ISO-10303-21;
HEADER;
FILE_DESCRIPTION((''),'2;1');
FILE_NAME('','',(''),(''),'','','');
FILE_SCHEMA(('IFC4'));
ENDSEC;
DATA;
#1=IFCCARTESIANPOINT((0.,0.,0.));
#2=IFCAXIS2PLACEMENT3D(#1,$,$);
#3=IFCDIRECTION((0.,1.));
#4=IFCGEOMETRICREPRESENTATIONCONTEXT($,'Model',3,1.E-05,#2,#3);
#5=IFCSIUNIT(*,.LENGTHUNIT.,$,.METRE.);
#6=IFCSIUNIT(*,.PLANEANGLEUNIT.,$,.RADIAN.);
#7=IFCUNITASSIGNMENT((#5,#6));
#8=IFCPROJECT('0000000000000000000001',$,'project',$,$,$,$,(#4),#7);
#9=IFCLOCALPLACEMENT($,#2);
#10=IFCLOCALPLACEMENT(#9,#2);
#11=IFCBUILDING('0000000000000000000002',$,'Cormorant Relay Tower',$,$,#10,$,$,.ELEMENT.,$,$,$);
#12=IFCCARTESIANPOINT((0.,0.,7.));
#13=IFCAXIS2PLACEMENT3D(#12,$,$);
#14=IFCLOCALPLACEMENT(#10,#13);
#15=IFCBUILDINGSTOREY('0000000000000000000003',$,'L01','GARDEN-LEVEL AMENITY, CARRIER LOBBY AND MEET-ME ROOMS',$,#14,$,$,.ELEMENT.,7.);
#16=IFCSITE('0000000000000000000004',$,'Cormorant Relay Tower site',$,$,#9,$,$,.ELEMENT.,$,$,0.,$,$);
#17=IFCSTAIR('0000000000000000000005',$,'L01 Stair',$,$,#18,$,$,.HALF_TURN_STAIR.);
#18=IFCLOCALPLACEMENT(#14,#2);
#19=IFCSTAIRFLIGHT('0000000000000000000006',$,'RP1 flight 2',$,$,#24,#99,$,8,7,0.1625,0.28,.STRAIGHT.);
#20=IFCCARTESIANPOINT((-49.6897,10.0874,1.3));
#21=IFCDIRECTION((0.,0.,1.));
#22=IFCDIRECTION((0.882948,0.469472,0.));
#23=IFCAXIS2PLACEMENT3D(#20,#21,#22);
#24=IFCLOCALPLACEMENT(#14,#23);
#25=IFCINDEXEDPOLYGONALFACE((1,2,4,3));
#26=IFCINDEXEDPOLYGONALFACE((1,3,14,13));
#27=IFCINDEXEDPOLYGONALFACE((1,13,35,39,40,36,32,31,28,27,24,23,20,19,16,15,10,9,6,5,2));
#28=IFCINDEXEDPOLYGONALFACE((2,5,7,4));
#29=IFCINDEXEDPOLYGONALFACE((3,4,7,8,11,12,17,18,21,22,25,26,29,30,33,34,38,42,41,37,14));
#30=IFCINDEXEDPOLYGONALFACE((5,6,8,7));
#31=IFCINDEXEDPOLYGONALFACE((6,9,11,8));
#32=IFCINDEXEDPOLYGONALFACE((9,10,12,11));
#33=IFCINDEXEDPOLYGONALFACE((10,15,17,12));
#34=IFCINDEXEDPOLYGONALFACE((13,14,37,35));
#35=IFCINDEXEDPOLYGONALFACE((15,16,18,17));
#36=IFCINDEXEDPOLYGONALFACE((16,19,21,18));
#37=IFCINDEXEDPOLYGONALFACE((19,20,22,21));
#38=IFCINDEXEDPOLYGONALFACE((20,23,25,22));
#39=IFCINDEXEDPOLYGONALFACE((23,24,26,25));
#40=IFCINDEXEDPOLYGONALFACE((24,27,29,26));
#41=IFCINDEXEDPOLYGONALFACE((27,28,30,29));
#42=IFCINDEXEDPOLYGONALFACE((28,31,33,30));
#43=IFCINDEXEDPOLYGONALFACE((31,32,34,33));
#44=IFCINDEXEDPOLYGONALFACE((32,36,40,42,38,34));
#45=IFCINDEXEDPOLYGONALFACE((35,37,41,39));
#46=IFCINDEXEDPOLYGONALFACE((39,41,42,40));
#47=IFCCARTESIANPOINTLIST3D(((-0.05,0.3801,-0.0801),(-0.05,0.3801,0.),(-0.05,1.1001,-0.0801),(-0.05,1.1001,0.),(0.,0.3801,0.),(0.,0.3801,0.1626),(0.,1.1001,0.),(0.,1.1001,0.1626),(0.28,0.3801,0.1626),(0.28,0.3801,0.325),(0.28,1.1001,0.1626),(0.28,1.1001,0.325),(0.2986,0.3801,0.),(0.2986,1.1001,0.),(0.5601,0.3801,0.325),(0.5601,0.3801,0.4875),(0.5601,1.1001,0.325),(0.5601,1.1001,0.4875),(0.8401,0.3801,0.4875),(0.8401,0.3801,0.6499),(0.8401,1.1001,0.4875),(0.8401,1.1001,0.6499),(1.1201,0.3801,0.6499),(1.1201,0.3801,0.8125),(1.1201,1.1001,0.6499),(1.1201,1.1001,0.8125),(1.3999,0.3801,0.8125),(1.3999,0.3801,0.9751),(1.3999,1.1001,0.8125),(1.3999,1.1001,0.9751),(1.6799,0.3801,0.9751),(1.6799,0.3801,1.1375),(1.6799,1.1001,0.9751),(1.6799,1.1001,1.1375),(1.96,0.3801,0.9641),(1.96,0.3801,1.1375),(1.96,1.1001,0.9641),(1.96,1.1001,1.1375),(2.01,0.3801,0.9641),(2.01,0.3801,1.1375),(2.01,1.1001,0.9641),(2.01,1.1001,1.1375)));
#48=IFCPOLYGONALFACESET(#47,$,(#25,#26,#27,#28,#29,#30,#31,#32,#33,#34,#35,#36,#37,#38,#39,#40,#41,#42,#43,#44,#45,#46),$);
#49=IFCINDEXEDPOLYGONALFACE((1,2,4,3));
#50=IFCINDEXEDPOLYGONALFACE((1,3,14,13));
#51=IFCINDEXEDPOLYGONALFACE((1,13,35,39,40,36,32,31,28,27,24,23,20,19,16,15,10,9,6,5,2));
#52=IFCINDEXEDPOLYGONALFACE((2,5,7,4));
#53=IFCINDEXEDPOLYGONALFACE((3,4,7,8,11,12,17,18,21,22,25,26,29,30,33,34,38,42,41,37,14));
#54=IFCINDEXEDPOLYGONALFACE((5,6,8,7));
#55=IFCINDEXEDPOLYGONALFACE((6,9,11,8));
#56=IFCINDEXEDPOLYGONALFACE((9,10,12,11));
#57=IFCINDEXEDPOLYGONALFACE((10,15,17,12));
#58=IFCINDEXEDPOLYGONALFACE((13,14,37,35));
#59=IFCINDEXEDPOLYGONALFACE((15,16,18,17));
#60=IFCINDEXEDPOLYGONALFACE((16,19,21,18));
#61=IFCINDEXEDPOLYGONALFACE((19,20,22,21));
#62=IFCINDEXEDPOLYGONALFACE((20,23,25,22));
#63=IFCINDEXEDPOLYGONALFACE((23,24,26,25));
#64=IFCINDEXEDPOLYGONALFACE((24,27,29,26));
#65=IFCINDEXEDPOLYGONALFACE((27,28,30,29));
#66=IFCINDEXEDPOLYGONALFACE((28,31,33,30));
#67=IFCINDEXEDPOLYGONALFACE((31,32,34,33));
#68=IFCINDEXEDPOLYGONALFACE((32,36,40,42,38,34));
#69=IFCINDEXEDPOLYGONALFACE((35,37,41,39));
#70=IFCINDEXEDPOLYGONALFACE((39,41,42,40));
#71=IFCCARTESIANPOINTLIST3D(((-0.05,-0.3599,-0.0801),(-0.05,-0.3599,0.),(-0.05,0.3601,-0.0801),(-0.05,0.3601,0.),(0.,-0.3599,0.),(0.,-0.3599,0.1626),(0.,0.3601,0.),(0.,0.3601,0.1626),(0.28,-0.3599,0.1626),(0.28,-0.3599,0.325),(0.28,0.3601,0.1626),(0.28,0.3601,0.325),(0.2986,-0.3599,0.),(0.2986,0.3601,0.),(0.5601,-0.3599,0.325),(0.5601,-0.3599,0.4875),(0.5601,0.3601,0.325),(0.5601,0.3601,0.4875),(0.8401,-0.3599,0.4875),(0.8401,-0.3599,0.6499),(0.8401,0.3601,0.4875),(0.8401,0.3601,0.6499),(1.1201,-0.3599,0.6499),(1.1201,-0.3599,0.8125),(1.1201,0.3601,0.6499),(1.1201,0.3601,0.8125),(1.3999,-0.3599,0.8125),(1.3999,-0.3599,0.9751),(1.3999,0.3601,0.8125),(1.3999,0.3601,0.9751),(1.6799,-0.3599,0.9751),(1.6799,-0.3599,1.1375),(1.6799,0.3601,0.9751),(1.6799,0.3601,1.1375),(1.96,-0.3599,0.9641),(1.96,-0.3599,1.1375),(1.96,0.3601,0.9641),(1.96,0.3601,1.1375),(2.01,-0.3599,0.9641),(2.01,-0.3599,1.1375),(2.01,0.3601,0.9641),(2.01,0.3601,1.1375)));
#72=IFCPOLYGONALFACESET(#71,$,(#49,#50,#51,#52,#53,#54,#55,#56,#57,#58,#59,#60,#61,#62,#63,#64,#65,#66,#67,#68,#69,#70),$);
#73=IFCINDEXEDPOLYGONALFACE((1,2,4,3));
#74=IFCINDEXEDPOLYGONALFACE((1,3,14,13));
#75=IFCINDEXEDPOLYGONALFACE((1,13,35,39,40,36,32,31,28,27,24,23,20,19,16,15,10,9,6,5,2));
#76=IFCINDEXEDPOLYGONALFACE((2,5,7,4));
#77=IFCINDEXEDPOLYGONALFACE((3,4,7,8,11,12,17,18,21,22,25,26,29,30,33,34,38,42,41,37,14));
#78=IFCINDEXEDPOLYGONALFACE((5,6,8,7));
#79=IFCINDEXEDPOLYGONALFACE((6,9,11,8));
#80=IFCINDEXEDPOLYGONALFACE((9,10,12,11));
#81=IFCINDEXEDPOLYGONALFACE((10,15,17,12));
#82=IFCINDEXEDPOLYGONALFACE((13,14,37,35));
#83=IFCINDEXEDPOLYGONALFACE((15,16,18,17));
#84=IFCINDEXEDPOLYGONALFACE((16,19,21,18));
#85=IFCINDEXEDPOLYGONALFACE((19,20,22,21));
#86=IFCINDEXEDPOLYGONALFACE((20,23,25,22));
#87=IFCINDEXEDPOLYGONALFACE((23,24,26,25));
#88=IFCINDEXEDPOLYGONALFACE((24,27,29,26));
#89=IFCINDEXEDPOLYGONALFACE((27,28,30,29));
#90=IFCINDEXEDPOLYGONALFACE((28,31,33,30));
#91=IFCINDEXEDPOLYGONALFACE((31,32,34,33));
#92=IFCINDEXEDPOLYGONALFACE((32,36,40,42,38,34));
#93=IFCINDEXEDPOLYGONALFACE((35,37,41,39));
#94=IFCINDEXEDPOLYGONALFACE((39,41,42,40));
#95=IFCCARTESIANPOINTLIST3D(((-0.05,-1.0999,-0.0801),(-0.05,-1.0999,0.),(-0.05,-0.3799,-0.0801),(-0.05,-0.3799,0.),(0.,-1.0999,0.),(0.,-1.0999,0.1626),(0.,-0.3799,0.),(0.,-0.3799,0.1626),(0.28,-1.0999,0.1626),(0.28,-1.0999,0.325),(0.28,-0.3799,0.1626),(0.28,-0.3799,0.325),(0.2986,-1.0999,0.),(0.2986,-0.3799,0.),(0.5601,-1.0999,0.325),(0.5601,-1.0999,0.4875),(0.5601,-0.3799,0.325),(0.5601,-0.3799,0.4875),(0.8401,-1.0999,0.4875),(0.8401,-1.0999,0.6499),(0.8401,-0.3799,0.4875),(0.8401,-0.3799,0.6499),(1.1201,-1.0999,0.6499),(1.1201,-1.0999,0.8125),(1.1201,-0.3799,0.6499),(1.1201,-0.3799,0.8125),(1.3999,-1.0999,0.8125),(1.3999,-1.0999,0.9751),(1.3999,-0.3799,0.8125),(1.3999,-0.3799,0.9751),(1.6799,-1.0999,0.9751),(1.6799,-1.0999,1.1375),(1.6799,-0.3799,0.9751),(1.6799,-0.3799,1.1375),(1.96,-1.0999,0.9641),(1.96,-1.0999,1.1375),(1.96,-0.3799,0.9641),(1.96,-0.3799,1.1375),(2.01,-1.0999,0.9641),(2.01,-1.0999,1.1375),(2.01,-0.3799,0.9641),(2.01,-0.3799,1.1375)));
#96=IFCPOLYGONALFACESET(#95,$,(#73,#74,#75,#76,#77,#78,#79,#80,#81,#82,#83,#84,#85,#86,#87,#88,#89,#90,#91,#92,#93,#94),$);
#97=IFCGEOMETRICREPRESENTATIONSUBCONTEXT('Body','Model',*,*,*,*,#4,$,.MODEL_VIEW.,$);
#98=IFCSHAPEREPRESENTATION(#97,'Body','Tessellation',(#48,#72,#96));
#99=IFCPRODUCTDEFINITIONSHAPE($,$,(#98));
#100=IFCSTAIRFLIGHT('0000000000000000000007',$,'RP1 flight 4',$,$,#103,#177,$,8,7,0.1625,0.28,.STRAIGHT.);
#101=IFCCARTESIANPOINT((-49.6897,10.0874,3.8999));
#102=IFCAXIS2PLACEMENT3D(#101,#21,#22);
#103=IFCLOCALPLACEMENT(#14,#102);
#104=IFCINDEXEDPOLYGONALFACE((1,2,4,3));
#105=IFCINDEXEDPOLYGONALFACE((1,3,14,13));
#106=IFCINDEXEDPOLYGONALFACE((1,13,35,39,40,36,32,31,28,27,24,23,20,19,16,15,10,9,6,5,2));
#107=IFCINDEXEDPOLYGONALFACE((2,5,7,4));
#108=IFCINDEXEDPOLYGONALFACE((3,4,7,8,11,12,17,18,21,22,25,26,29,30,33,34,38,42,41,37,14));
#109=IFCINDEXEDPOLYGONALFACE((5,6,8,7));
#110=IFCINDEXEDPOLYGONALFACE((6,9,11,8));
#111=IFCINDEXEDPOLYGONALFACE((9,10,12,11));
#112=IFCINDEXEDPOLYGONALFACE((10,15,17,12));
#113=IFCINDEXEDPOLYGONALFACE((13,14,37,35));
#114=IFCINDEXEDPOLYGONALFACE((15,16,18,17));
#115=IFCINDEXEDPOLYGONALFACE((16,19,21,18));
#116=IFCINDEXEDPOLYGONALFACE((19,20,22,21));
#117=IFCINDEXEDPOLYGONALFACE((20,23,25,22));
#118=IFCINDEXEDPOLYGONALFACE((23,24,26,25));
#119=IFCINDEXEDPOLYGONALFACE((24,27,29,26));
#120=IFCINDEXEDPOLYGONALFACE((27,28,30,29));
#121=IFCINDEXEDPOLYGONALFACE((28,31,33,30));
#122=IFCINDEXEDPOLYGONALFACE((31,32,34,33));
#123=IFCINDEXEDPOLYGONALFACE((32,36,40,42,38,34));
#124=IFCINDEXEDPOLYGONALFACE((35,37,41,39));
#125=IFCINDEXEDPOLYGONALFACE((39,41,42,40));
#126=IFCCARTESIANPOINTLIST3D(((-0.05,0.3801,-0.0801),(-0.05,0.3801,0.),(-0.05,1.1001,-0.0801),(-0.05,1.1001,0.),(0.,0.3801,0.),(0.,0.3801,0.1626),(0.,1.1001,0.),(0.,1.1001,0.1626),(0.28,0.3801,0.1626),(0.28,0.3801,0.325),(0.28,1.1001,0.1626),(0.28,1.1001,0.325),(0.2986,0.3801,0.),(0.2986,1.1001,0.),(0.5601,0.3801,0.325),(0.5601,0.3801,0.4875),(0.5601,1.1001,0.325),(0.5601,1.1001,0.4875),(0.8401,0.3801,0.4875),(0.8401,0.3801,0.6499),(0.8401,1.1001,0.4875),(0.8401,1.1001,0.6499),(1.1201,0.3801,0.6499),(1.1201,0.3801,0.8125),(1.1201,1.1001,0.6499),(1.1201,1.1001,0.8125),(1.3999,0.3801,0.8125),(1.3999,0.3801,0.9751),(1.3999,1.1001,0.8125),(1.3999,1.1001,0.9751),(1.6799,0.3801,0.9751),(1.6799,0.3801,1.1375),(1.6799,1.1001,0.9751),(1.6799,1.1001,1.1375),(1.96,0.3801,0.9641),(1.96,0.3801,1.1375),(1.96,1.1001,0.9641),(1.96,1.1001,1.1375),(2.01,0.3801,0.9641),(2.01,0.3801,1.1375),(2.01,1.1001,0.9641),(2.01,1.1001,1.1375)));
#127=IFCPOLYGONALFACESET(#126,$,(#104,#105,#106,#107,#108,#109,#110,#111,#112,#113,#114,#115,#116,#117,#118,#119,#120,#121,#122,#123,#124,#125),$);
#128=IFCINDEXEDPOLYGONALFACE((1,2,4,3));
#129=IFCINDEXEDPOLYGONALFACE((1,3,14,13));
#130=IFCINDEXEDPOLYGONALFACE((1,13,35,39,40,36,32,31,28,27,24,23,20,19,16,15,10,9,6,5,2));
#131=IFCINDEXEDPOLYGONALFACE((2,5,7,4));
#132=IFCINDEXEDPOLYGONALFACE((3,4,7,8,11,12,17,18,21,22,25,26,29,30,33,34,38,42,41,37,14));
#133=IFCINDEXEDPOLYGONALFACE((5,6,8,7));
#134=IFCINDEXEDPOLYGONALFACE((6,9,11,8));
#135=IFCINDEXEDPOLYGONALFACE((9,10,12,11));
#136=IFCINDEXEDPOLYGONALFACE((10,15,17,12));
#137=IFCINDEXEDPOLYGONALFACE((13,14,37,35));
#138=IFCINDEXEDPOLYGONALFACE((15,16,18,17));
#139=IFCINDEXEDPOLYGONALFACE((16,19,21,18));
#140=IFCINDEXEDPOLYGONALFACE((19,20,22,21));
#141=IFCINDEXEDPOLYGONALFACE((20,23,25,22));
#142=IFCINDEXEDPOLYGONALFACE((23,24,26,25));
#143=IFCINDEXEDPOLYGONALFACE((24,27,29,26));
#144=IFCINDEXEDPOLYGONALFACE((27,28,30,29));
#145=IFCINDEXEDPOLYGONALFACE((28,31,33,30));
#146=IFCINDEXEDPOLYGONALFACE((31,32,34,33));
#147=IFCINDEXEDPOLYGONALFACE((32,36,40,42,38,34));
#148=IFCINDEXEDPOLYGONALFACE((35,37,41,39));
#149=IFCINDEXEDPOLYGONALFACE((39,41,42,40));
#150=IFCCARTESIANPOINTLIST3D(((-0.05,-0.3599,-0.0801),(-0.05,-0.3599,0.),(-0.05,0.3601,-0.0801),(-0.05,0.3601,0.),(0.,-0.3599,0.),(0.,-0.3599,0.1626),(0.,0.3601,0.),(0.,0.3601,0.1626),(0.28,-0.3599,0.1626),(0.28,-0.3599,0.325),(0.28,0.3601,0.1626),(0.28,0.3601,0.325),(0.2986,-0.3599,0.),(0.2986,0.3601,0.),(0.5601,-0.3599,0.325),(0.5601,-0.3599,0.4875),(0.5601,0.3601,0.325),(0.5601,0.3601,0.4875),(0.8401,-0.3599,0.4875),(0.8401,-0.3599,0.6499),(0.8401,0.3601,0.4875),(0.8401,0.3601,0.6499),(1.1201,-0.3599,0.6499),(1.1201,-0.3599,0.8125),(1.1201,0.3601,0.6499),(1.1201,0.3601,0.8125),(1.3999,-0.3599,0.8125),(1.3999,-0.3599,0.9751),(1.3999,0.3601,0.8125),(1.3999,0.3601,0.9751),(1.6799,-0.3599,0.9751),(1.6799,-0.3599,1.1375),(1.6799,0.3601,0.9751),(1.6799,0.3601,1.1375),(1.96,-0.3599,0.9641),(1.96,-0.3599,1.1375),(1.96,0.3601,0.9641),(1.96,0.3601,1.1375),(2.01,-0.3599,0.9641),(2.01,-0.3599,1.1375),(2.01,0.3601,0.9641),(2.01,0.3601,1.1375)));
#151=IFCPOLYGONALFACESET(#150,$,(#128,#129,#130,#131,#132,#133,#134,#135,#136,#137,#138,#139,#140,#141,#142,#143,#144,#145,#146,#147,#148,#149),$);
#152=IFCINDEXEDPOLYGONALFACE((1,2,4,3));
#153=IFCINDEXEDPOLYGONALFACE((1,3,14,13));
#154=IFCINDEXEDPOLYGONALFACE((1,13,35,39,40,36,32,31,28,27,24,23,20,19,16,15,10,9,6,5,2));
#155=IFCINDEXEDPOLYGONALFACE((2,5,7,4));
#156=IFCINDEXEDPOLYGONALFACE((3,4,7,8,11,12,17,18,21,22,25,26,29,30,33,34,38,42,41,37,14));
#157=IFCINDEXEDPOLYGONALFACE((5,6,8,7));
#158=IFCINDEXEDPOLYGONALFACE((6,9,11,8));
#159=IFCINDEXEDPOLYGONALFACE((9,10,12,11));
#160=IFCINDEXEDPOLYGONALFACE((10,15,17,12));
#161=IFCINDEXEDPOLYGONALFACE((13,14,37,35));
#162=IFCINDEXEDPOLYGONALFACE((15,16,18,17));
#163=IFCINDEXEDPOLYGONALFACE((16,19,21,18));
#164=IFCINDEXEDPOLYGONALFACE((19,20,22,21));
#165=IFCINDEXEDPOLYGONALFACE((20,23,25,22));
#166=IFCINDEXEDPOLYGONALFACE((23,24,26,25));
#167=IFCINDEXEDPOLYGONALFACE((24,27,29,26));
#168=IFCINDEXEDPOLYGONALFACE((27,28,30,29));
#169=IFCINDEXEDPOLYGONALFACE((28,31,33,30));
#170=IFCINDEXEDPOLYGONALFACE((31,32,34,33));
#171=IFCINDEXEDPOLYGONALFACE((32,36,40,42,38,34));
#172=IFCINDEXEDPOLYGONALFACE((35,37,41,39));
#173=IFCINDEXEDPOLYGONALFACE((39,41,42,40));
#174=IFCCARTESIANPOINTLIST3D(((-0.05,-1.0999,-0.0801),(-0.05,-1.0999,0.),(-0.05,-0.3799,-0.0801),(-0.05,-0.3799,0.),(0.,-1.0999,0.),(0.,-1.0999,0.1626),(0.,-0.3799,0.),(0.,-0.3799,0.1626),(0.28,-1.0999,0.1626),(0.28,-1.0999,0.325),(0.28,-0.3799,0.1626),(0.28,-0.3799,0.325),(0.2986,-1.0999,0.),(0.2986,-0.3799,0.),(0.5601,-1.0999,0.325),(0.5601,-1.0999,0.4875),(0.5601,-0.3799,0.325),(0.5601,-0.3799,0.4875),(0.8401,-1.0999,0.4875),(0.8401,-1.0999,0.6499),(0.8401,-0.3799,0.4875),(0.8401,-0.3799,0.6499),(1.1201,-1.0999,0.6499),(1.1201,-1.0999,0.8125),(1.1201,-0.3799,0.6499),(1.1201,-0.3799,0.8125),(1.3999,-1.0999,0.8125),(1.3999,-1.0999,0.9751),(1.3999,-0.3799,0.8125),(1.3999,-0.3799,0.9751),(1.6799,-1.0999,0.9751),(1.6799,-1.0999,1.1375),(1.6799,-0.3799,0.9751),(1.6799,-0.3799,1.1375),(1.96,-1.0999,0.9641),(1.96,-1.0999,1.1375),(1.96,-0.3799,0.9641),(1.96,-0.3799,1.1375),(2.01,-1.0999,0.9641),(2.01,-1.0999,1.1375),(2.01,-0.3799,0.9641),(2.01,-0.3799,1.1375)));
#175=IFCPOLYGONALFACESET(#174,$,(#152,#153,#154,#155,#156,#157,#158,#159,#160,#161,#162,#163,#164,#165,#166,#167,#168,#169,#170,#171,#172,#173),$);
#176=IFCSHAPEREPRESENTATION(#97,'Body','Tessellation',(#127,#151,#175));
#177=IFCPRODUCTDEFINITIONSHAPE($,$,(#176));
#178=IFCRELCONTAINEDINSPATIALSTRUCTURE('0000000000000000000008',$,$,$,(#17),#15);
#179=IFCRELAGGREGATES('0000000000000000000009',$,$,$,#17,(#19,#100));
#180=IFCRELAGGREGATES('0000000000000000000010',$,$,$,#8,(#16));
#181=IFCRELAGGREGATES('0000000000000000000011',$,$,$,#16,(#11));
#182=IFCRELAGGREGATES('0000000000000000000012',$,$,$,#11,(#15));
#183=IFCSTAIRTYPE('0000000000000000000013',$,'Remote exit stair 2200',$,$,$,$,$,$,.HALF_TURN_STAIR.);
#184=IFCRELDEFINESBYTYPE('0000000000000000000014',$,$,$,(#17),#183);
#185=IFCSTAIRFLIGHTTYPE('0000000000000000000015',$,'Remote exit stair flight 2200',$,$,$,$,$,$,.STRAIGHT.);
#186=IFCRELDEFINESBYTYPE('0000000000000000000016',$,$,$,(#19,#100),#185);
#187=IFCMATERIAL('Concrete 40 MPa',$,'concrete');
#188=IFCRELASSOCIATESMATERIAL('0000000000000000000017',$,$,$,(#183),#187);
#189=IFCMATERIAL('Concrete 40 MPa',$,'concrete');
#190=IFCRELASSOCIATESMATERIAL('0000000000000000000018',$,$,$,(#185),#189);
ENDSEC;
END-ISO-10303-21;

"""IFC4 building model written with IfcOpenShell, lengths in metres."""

from ifc_helpers import new_model, si_unit, direction, frame, origin, place, context, subcontext, project, spatial, polyline, outline, extrude, material, type_object, element, aggregate, save


model = new_model("IFC4")

# Units and contexts
model_context = context("Model", 3, precision=1e-05, world=origin(), true_north=direction((0.0, 1.0)))
body_context = subcontext(model_context, "Body", "Model", "MODEL_VIEW")
ifc_project = project(units=[si_unit("LENGTHUNIT", "METRE"), si_unit("PLANEANGLEUNIT", "RADIAN")], contexts=[model_context])

# Site, building, storey
site_placement = place(None, origin())
site = spatial("IfcSite", under=ifc_project, at=site_placement, Name="Cormorant Relay Tower site", CompositionType="ELEMENT", RefElevation=0.0)
building_placement = place(site_placement, origin())
building = spatial("IfcBuilding", under=site, at=building_placement, Name="Cormorant Relay Tower", CompositionType="ELEMENT")
storey_placement = place(building_placement, frame((0.0, 0.0, 7.0)))
storey = spatial("IfcBuildingStorey", under=building, at=storey_placement, Name="L01", Description="GARDEN-LEVEL AMENITY, CARRIER LOBBY AND MEET-ME ROOMS", CompositionType="ELEMENT", Elevation=7.0)

# Stair, stair flights
ifc_material_1 = material(Name="Concrete 40 MPa", Category="concrete")
stair_type = type_object("IfcStairType", Name="Remote exit stair 2200", PredefinedType="HALF_TURN_STAIR", material=ifc_material_1)
stair_placement = place(storey_placement, origin())
stair = element("IfcStair", 1, at=stair_placement, inside=storey, type_object=stair_type, Name="L01 Stair", PredefinedType="HALF_TURN_STAIR")
ifc_material_2 = material(Name="Concrete 40 MPa", Category="concrete")
stair_flight_type = type_object("IfcStairFlightType", Name="Remote exit stair flight 2200", PredefinedType="STRAIGHT", material=ifc_material_2)
stair_flight_1_placement = place(storey_placement, frame((-49.6897, 10.0874, 1.3), z_axis=(0.0, 0.0, 1.0), x_axis=(0.882948, 0.469472, 0.0)))
stair_flight_1 = element("IfcStairFlight", 2, at=stair_flight_1_placement, type_object=stair_flight_type, Name="RP1 flight 2", NumberOfRisers=8, NumberOfTreads=7, PredefinedType="STRAIGHT", RiserHeight=0.1625, TreadLength=0.28, context=body_context, shape_type="SweptSolid", body=[
    extrude(outline(polyline([(-0.05, -0.0801), (-0.05, 0.0), (0.0, 0.0), (0.0, 0.1626), (0.28, 0.1626), (0.28, 0.325), (0.5601, 0.325), (0.5601, 0.4875), (0.8401, 0.4875), (0.8401, 0.6499), (1.1201, 0.6499), (1.1201, 0.8125), (1.3999, 0.8125), (1.3999, 0.9751), (1.6799, 0.9751), (1.6799, 1.1375), (1.96, 1.1375), (2.01, 1.1375), (2.01, 0.9641), (1.96, 0.9641), (0.2986, 0.0), (-0.05, -0.0801)])), frame((0.0, 1.1001, 0.0), z_axis=(0.0, -1.0, 0.0), x_axis=(1.0, 0.0, 0.0)), (0.0, 0.0, 1.0), 0.72),
    extrude(outline(polyline([(-0.05, -0.0801), (-0.05, 0.0), (0.0, 0.0), (0.0, 0.1626), (0.28, 0.1626), (0.28, 0.325), (0.5601, 0.325), (0.5601, 0.4875), (0.8401, 0.4875), (0.8401, 0.6499), (1.1201, 0.6499), (1.1201, 0.8125), (1.3999, 0.8125), (1.3999, 0.9751), (1.6799, 0.9751), (1.6799, 1.1375), (1.96, 1.1375), (2.01, 1.1375), (2.01, 0.9641), (1.96, 0.9641), (0.2986, 0.0), (-0.05, -0.0801)])), frame((0.0, 0.3601, 0.0), z_axis=(0.0, -1.0, 0.0), x_axis=(1.0, 0.0, 0.0)), (0.0, 0.0, 1.0), 0.72),
    extrude(outline(polyline([(-0.05, -0.0801), (-0.05, 0.0), (0.0, 0.0), (0.0, 0.1626), (0.28, 0.1626), (0.28, 0.325), (0.5601, 0.325), (0.5601, 0.4875), (0.8401, 0.4875), (0.8401, 0.6499), (1.1201, 0.6499), (1.1201, 0.8125), (1.3999, 0.8125), (1.3999, 0.9751), (1.6799, 0.9751), (1.6799, 1.1375), (1.96, 1.1375), (2.01, 1.1375), (2.01, 0.9641), (1.96, 0.9641), (0.2986, 0.0), (-0.05, -0.0801)])), frame((0.0, -0.3799, 0.0), z_axis=(0.0, -1.0, 0.0), x_axis=(1.0, 0.0, 0.0)), (0.0, 0.0, 1.0), 0.72),
])
stair_flight_2_placement = place(storey_placement, frame((-49.6897, 10.0874, 3.8999), z_axis=(0.0, 0.0, 1.0), x_axis=(0.882948, 0.469472, 0.0)))
stair_flight_2 = element("IfcStairFlight", 3, at=stair_flight_2_placement, type_object=stair_flight_type, Name="RP1 flight 4", NumberOfRisers=8, NumberOfTreads=7, PredefinedType="STRAIGHT", RiserHeight=0.1625, TreadLength=0.28, context=body_context, shape_type="SweptSolid", body=[
    extrude(outline(polyline([(-0.05, -0.0801), (-0.05, 0.0), (0.0, 0.0), (0.0, 0.1626), (0.28, 0.1626), (0.28, 0.325), (0.5601, 0.325), (0.5601, 0.4875), (0.8401, 0.4875), (0.8401, 0.6499), (1.1201, 0.6499), (1.1201, 0.8125), (1.3999, 0.8125), (1.3999, 0.9751), (1.6799, 0.9751), (1.6799, 1.1375), (1.96, 1.1375), (2.01, 1.1375), (2.01, 0.9641), (1.96, 0.9641), (0.2986, 0.0), (-0.05, -0.0801)])), frame((0.0, 1.1001, 0.0), z_axis=(0.0, -1.0, 0.0), x_axis=(1.0, 0.0, 0.0)), (0.0, 0.0, 1.0), 0.72),
    extrude(outline(polyline([(-0.05, -0.0801), (-0.05, 0.0), (0.0, 0.0), (0.0, 0.1626), (0.28, 0.1626), (0.28, 0.325), (0.5601, 0.325), (0.5601, 0.4875), (0.8401, 0.4875), (0.8401, 0.6499), (1.1201, 0.6499), (1.1201, 0.8125), (1.3999, 0.8125), (1.3999, 0.9751), (1.6799, 0.9751), (1.6799, 1.1375), (1.96, 1.1375), (2.01, 1.1375), (2.01, 0.9641), (1.96, 0.9641), (0.2986, 0.0), (-0.05, -0.0801)])), frame((0.0, 0.3601, 0.0), z_axis=(0.0, -1.0, 0.0), x_axis=(1.0, 0.0, 0.0)), (0.0, 0.0, 1.0), 0.72),
    extrude(outline(polyline([(-0.05, -0.0801), (-0.05, 0.0), (0.0, 0.0), (0.0, 0.1626), (0.28, 0.1626), (0.28, 0.325), (0.5601, 0.325), (0.5601, 0.4875), (0.8401, 0.4875), (0.8401, 0.6499), (1.1201, 0.6499), (1.1201, 0.8125), (1.3999, 0.8125), (1.3999, 0.9751), (1.6799, 0.9751), (1.6799, 1.1375), (1.96, 1.1375), (2.01, 1.1375), (2.01, 0.9641), (1.96, 0.9641), (0.2986, 0.0), (-0.05, -0.0801)])), frame((0.0, -0.3799, 0.0), z_axis=(0.0, -1.0, 0.0), x_axis=(1.0, 0.0, 0.0)), (0.0, 0.0, 1.0), 0.72),
])
aggregate(stair, [stair_flight_1, stair_flight_2])

save(model, "model.ifc")
